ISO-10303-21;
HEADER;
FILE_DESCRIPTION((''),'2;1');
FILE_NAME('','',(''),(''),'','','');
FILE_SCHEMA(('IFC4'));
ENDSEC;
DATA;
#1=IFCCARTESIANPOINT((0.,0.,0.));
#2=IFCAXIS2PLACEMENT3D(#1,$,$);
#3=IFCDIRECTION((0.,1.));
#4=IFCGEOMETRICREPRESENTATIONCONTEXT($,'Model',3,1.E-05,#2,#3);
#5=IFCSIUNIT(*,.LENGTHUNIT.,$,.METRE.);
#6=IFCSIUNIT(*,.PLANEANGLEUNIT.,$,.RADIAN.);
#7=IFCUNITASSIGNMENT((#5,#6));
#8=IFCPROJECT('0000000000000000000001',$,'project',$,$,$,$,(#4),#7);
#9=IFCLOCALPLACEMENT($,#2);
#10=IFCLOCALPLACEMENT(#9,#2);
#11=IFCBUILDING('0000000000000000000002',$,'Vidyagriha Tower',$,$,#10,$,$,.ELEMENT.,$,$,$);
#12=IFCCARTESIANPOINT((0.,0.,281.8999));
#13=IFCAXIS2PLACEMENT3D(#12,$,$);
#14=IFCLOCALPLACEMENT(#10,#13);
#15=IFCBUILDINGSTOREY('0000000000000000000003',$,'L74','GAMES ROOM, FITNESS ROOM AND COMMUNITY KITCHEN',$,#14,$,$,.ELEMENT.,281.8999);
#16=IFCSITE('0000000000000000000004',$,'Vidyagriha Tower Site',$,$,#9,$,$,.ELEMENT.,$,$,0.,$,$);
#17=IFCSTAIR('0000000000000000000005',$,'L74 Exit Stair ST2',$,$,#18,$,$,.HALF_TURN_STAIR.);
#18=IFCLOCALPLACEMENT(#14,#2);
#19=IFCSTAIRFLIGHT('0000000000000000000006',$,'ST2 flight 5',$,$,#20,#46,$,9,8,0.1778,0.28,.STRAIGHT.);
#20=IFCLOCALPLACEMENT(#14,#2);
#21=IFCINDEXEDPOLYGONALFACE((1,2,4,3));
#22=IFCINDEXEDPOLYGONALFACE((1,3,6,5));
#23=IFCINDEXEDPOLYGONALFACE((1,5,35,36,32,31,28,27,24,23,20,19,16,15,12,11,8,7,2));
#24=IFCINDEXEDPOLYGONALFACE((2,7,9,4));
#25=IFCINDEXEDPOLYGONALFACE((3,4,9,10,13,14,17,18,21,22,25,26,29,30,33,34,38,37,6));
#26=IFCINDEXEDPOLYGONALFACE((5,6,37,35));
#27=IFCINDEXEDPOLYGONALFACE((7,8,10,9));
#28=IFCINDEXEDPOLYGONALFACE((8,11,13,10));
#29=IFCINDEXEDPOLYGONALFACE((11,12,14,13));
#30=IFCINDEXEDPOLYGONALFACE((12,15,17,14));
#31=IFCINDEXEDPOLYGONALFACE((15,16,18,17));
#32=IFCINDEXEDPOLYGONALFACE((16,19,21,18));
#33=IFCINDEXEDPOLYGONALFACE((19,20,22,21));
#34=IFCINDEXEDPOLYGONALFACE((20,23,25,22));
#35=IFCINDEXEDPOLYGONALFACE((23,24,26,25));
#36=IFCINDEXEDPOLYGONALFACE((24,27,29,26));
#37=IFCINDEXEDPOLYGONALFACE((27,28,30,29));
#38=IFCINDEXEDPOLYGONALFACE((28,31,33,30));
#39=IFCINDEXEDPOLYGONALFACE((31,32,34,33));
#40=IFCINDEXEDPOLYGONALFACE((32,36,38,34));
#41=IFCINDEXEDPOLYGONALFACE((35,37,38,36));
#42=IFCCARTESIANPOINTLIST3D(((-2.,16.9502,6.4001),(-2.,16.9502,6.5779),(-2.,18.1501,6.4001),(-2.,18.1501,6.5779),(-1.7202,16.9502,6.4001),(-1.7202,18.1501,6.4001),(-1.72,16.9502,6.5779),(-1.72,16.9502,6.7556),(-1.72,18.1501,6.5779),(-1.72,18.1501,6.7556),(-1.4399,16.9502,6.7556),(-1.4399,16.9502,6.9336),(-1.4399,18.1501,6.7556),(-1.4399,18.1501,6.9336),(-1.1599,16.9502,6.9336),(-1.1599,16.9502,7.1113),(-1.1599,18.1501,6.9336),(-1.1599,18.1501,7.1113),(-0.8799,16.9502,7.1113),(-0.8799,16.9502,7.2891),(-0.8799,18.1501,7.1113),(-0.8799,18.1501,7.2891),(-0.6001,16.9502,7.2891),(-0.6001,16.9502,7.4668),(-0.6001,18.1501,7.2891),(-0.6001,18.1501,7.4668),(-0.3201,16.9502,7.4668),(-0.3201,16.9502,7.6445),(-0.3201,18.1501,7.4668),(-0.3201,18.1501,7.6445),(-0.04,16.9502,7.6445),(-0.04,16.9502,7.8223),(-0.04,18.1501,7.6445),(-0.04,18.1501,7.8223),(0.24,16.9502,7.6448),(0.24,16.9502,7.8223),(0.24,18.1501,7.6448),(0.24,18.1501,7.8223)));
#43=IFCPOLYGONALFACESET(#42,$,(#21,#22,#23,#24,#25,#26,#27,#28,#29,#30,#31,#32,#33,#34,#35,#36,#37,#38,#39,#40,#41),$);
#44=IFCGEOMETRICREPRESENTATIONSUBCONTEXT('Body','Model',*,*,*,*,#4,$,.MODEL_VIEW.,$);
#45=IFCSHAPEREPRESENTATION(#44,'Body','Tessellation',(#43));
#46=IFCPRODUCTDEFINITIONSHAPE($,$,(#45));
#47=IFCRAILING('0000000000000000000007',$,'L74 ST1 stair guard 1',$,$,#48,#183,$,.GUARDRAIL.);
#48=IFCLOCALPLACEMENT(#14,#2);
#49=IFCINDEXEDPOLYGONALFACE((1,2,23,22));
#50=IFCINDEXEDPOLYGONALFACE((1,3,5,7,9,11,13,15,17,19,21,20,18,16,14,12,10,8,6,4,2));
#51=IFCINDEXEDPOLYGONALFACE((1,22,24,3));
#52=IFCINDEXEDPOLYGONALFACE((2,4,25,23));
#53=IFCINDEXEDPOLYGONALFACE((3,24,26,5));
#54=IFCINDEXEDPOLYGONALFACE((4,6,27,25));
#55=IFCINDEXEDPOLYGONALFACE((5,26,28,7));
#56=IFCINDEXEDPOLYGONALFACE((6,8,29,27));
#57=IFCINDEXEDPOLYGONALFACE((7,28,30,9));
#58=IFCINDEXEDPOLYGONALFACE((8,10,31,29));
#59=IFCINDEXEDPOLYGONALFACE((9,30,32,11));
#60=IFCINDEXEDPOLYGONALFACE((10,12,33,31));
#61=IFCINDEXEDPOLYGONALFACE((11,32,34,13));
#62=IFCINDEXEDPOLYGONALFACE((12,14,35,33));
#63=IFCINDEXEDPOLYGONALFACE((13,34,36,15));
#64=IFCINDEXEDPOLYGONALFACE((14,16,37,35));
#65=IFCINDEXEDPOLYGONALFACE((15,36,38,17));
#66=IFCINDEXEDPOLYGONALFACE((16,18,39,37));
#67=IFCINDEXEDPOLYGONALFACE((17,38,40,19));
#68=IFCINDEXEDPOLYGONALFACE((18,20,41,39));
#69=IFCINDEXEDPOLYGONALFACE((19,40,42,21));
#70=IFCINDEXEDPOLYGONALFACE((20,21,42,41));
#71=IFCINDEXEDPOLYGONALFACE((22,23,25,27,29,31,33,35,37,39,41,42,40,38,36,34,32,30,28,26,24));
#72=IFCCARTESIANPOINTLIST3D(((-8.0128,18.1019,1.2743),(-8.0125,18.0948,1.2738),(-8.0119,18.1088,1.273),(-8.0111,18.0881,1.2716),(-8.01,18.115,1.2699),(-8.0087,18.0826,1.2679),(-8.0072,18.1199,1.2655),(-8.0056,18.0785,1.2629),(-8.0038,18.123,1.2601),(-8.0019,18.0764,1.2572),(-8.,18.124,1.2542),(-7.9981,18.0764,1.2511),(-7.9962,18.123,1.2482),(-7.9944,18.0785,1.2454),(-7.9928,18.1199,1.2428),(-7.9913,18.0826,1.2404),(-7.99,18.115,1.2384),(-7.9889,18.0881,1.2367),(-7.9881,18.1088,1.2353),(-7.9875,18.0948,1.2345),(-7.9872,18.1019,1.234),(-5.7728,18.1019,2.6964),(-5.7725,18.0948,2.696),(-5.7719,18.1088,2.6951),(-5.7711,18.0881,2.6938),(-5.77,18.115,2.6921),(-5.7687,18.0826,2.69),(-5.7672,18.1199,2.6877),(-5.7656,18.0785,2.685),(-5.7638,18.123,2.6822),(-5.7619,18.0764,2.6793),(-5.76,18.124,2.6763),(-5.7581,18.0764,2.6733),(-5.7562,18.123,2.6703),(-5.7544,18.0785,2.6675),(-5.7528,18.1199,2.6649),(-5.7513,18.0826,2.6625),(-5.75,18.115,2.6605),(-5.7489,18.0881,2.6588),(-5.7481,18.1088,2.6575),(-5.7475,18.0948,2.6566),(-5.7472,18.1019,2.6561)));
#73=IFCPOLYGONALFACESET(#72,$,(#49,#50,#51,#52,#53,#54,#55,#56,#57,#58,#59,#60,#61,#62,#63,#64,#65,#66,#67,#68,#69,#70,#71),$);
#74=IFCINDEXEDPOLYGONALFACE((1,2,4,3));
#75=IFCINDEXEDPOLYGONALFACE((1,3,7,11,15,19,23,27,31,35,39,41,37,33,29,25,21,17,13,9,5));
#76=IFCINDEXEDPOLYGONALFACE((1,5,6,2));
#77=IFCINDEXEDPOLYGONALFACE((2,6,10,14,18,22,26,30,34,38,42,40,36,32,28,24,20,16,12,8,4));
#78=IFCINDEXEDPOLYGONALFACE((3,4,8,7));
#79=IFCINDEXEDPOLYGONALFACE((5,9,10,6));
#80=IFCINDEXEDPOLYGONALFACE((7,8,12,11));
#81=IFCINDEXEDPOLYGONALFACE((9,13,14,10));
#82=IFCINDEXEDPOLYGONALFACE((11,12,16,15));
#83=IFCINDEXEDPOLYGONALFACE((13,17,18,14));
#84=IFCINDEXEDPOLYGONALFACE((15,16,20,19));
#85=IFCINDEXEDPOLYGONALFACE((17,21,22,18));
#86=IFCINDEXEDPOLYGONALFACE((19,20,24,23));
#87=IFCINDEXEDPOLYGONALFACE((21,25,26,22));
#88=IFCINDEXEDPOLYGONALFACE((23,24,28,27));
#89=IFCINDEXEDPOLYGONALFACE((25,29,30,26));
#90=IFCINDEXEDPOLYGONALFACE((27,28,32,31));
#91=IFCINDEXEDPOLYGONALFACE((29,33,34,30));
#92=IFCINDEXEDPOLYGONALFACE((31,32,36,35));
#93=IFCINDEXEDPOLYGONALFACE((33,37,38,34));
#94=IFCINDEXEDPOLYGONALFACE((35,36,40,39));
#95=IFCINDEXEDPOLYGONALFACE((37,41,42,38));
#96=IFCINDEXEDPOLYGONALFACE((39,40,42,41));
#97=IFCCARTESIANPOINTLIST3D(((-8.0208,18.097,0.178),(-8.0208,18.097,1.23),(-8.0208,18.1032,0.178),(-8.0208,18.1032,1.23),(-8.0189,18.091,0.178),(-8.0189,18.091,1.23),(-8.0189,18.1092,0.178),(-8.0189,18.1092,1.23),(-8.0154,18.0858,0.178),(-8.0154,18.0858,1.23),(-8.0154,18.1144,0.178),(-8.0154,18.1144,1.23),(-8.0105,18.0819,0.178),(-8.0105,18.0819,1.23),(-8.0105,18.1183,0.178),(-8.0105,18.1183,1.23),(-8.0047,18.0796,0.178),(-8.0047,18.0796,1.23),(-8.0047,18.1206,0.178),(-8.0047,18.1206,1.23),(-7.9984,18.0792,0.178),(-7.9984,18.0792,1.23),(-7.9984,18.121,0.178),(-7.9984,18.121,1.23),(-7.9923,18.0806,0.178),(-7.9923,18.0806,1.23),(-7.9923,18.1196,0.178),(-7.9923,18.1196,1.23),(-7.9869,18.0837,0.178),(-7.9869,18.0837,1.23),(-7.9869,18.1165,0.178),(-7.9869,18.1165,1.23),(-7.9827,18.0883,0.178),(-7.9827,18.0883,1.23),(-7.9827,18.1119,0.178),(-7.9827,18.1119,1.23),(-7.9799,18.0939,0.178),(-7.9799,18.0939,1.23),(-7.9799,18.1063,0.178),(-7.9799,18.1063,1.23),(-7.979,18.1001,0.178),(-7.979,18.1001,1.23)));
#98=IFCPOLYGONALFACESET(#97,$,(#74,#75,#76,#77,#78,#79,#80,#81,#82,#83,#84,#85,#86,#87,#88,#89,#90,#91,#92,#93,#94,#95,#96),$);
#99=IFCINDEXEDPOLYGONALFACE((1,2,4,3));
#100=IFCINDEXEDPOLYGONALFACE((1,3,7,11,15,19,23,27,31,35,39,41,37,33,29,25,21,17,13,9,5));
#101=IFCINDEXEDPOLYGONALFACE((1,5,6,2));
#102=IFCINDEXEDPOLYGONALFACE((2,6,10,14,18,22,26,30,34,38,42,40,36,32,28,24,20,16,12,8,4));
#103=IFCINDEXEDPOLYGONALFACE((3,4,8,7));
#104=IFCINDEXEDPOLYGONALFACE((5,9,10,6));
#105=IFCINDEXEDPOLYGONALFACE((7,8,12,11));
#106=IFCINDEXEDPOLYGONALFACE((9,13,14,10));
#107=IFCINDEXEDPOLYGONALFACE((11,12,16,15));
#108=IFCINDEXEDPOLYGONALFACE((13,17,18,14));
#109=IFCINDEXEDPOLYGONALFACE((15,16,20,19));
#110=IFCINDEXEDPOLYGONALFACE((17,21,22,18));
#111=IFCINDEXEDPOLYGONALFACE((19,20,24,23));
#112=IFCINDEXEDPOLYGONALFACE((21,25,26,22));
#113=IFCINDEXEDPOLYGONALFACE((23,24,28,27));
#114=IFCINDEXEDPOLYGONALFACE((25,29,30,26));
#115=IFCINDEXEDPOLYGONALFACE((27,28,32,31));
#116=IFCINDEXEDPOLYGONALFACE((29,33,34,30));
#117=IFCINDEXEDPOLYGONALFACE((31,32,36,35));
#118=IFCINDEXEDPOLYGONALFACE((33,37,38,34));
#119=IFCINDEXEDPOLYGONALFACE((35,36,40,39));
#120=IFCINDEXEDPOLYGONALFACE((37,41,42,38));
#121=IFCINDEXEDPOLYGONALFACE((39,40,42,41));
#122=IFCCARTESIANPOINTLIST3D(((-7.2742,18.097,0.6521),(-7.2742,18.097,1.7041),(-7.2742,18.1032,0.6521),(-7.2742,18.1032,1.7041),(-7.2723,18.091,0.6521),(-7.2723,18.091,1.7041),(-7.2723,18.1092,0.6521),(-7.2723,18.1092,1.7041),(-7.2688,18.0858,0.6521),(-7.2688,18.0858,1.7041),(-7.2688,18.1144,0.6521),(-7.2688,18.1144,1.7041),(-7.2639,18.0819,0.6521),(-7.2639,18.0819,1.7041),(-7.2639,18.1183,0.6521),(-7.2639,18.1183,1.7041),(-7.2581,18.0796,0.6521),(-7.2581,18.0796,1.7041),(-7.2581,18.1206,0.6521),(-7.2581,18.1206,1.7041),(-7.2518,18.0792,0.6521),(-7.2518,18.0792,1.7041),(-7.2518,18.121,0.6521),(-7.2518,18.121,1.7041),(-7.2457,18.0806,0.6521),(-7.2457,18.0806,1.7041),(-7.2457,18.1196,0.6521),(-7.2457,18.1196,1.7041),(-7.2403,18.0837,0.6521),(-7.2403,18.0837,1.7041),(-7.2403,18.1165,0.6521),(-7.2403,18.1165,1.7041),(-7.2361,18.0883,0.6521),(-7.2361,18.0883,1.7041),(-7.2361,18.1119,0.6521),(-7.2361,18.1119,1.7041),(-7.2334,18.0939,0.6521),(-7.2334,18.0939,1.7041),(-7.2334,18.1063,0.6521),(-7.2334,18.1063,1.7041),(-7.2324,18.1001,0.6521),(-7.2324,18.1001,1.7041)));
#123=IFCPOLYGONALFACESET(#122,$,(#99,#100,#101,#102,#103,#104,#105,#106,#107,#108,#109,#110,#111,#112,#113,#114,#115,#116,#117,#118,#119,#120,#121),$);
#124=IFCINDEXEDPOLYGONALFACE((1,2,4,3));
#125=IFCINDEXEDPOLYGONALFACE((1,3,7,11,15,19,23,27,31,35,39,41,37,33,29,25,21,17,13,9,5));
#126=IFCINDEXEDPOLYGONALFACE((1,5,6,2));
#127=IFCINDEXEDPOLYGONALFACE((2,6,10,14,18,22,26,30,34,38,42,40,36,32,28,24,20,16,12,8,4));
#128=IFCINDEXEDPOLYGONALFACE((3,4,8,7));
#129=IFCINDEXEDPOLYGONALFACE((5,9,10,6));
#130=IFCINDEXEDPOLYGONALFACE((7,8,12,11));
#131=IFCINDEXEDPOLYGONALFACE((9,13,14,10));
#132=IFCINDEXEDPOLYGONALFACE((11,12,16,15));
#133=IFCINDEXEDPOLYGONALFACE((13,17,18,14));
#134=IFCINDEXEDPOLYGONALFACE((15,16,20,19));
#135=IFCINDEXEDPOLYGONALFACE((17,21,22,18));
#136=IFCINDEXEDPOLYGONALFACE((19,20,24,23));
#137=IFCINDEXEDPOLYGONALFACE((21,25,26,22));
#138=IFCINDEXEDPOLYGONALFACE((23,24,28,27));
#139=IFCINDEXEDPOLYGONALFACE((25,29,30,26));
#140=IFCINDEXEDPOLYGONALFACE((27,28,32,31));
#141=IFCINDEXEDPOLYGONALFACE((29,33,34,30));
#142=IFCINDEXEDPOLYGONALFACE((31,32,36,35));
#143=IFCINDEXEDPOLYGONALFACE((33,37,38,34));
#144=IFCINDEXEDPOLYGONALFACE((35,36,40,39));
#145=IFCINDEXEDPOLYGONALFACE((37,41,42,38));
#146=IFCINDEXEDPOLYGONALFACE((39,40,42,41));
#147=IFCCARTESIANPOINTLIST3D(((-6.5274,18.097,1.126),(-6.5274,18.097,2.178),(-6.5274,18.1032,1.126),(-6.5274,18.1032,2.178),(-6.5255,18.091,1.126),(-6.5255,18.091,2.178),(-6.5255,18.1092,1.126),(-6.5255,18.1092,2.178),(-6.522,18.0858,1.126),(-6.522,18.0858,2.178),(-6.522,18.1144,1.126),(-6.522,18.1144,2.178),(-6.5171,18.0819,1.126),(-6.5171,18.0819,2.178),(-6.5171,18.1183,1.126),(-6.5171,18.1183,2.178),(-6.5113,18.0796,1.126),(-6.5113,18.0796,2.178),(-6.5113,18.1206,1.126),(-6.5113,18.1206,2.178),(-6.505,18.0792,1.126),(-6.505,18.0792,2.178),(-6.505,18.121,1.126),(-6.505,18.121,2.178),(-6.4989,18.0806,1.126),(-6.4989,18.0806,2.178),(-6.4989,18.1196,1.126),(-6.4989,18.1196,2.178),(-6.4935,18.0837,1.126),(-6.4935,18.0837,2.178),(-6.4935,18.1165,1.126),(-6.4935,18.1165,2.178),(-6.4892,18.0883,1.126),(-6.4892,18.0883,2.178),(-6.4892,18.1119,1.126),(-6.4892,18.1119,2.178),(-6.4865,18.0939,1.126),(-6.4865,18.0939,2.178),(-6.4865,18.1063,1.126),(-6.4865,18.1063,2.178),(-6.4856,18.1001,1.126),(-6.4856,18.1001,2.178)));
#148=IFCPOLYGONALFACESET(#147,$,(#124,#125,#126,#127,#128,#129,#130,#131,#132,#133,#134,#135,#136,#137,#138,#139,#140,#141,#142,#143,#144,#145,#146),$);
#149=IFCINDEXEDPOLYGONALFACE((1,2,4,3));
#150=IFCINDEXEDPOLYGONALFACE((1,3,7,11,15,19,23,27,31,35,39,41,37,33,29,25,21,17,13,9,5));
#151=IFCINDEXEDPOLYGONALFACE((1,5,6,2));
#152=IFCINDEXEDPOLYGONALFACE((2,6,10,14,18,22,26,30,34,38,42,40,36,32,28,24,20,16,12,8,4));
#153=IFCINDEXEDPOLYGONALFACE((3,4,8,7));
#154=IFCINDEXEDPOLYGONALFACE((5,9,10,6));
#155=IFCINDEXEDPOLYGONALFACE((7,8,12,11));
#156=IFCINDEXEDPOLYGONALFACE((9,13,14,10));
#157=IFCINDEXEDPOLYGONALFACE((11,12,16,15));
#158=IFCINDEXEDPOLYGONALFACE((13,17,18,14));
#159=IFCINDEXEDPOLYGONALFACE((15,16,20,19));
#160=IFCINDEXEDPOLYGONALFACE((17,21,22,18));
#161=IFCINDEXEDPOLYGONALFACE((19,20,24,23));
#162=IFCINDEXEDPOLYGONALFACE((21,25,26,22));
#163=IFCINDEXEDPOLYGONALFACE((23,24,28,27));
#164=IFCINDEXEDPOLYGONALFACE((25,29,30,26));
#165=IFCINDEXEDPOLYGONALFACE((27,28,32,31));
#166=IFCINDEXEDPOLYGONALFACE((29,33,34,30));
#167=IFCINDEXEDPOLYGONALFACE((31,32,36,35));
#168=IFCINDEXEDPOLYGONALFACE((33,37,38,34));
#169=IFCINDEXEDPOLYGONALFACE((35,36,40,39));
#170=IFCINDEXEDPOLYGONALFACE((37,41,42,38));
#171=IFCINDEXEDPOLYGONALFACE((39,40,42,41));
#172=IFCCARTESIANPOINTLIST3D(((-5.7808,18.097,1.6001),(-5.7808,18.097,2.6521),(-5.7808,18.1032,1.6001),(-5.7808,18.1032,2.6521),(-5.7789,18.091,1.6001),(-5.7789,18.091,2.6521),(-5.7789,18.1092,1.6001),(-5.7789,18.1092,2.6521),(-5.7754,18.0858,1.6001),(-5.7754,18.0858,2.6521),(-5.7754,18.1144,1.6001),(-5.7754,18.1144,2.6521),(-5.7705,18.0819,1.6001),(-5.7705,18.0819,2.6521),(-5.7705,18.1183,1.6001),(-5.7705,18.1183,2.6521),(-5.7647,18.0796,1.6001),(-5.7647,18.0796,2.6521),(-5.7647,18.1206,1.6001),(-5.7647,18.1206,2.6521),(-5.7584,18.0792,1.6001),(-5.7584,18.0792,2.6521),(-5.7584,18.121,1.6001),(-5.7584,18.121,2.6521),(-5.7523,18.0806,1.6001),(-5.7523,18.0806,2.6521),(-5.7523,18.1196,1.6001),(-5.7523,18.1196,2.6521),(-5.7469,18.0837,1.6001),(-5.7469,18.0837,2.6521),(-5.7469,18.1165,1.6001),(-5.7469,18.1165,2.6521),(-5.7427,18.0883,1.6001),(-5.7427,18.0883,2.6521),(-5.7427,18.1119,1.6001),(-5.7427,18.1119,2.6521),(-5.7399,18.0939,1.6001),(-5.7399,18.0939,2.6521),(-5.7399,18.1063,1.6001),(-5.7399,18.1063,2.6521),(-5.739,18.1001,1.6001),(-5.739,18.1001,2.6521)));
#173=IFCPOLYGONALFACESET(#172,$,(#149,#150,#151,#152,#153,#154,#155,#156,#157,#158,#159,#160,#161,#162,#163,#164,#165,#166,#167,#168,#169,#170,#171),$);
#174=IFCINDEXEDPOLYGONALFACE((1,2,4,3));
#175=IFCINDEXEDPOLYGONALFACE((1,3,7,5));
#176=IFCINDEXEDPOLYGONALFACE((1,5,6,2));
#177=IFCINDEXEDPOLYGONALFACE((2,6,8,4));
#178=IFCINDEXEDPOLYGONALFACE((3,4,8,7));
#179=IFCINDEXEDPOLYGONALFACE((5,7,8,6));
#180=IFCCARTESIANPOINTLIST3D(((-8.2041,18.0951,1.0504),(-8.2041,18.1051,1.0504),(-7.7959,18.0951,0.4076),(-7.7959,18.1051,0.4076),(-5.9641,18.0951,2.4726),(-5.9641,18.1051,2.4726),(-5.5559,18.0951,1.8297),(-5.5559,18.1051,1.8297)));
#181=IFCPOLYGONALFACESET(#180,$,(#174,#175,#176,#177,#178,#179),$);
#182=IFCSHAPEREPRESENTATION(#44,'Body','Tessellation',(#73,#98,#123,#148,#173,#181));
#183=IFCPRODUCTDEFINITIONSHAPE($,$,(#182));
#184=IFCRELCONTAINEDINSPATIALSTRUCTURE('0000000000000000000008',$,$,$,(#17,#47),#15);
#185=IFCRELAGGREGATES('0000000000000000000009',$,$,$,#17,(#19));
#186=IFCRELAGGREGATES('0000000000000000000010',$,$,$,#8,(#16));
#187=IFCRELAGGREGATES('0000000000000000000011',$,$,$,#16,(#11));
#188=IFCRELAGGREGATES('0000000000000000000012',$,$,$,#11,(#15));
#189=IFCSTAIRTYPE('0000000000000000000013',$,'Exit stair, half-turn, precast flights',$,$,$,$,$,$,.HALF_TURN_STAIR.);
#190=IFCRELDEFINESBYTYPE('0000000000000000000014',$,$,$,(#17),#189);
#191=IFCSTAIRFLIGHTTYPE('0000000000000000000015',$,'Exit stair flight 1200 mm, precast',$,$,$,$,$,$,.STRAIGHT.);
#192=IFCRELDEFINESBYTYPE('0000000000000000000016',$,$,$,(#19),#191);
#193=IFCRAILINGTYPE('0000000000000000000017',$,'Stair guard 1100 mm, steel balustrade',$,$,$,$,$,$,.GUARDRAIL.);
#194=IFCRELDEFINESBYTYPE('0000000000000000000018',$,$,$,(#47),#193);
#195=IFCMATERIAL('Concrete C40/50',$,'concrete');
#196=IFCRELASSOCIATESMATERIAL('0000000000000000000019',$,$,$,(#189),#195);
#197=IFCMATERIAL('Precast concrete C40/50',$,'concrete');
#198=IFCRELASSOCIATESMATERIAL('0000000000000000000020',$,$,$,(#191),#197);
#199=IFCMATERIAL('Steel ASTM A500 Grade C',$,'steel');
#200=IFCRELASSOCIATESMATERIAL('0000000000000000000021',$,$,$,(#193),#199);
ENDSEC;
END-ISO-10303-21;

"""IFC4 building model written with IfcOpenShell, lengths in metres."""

from ifc_helpers import new_model, si_unit, direction, frame, origin, origin_2d, place, context, subcontext, project, spatial, polyline, rectangle, circle, outline, extrude, material, type_object, element, aggregate, save


model = new_model("IFC4")

# Units and contexts
model_context = context("Model", 3, precision=1e-05, world=origin(), true_north=direction((0.0, 1.0)))
body_context = subcontext(model_context, "Body", "Model", "MODEL_VIEW")
ifc_project = project(units=[si_unit("LENGTHUNIT", "METRE"), si_unit("PLANEANGLEUNIT", "RADIAN")], contexts=[model_context])

# Site, building, storey
site_placement = place(None, origin())
site = spatial("IfcSite", under=ifc_project, at=site_placement, Name="Vidyagriha Tower Site", CompositionType="ELEMENT", RefElevation=0.0)
building_placement = place(site_placement, origin())
building = spatial("IfcBuilding", under=site, at=building_placement, Name="Vidyagriha Tower", CompositionType="ELEMENT")
storey_placement = place(building_placement, frame((0.0, 0.0, 281.8999)))
storey = spatial("IfcBuildingStorey", under=building, at=storey_placement, Name="L74", Description="GAMES ROOM, FITNESS ROOM AND COMMUNITY KITCHEN", CompositionType="ELEMENT", Elevation=281.8999)

# Stair, stair flight
ifc_material_1 = material(Name="Concrete C40/50", Category="concrete")
stair_type = type_object("IfcStairType", Name="Exit stair, half-turn, precast flights", PredefinedType="HALF_TURN_STAIR", material=ifc_material_1)
ifc_material_2 = material(Name="Precast concrete C40/50", Category="concrete")
stair_flight_type = type_object("IfcStairFlightType", Name="Exit stair flight 1200 mm, precast", PredefinedType="STRAIGHT", material=ifc_material_2)
stair_1_placement = place(storey_placement, origin())
stair_1 = element("IfcStair", 1, at=stair_1_placement, inside=storey, type_object=stair_type, Name="L74 Exit Stair ST2", PredefinedType="HALF_TURN_STAIR")
stair_flight_1_placement = place(storey_placement, frame((-2.0, 17.55, 6.4001)))
stair_flight_1 = element("IfcStairFlight", 2, at=stair_flight_1_placement, type_object=stair_flight_type, Name="ST2 flight 5", NumberOfRisers=9, NumberOfTreads=8, PredefinedType="STRAIGHT", RiserHeight=0.1778, TreadLength=0.28, context=body_context, shape_type="SweptSolid", body=[
    extrude(outline(polyline([(0.0, 0.0), (0.0, 0.1777), (0.28, 0.1777), (0.28, 0.3555), (0.5601, 0.3555), (0.5601, 0.5334), (0.8401, 0.5334), (0.8401, 0.7112), (1.1201, 0.7112), (1.1201, 0.8889), (1.3999, 0.8889), (1.3999, 1.0667), (1.6799, 1.0667), (1.6799, 1.2444), (1.96, 1.2444), (1.96, 1.4221), (2.24, 1.4221), (2.24, 1.6001), (2.24, 1.2446), (0.2798, 0.0), (0.0, 0.0)])), frame((0.0, 0.6001, 0.0), z_axis=(0.0, -1.0, 0.0), x_axis=(1.0, 0.0, 0.0)), (0.0, 0.0, 1.0), 1.2),
])
aggregate(stair_1, [stair_flight_1])

# Railing
ifc_material_3 = material(Name="Steel ASTM A500 Grade C", Category="steel")
railing_type_1 = type_object("IfcRailingType", Name="Stair guard 1100 mm, steel balustrade", PredefinedType="GUARDRAIL", material=ifc_material_3)
railing_placement = place(storey_placement, frame((-8.0, 18.1001, 0.178)))
element("IfcRailing", 3, at=railing_placement, inside=storey, type_object=railing_type_1, Name="L74 ST1 stair guard 1", PredefinedType="GUARDRAIL", context=body_context, shape_type="SweptSolid", body=[
    extrude(circle(Radius=0.0239, at=origin_2d()), frame((0.0, 0.0, 1.0762), z_axis=(0.844229, 0.0, 0.535982), x_axis=(0.0, 1.0, 0.0)), (0.0, 0.0, 1.0), 2.6533),
    extrude(circle(Radius=0.021, at=origin_2d()), origin(), (0.0, 0.0, 1.0), 1.052),
    extrude(circle(Radius=0.021, at=origin_2d()), frame((0.7466, 0.0, 0.4741)), (0.0, 0.0, 1.0), 1.052),
    extrude(circle(Radius=0.021, at=origin_2d()), frame((1.4934, 0.0, 0.948)), (0.0, 0.0, 1.0), 1.052),
    extrude(circle(Radius=0.021, at=origin_2d()), frame((2.24, 0.0, 1.4221)), (0.0, 0.0, 1.0), 1.052),
    extrude(rectangle(XDim=0.01, YDim=0.7615, at=origin_2d()), frame((0.0, 0.0, 0.551), z_axis=(0.844229, 0.0, 0.535982), x_axis=(0.0, 1.0, 0.0)), (0.0, 0.0, 1.0), 2.6533),
])

save(model, "model.ifc")
